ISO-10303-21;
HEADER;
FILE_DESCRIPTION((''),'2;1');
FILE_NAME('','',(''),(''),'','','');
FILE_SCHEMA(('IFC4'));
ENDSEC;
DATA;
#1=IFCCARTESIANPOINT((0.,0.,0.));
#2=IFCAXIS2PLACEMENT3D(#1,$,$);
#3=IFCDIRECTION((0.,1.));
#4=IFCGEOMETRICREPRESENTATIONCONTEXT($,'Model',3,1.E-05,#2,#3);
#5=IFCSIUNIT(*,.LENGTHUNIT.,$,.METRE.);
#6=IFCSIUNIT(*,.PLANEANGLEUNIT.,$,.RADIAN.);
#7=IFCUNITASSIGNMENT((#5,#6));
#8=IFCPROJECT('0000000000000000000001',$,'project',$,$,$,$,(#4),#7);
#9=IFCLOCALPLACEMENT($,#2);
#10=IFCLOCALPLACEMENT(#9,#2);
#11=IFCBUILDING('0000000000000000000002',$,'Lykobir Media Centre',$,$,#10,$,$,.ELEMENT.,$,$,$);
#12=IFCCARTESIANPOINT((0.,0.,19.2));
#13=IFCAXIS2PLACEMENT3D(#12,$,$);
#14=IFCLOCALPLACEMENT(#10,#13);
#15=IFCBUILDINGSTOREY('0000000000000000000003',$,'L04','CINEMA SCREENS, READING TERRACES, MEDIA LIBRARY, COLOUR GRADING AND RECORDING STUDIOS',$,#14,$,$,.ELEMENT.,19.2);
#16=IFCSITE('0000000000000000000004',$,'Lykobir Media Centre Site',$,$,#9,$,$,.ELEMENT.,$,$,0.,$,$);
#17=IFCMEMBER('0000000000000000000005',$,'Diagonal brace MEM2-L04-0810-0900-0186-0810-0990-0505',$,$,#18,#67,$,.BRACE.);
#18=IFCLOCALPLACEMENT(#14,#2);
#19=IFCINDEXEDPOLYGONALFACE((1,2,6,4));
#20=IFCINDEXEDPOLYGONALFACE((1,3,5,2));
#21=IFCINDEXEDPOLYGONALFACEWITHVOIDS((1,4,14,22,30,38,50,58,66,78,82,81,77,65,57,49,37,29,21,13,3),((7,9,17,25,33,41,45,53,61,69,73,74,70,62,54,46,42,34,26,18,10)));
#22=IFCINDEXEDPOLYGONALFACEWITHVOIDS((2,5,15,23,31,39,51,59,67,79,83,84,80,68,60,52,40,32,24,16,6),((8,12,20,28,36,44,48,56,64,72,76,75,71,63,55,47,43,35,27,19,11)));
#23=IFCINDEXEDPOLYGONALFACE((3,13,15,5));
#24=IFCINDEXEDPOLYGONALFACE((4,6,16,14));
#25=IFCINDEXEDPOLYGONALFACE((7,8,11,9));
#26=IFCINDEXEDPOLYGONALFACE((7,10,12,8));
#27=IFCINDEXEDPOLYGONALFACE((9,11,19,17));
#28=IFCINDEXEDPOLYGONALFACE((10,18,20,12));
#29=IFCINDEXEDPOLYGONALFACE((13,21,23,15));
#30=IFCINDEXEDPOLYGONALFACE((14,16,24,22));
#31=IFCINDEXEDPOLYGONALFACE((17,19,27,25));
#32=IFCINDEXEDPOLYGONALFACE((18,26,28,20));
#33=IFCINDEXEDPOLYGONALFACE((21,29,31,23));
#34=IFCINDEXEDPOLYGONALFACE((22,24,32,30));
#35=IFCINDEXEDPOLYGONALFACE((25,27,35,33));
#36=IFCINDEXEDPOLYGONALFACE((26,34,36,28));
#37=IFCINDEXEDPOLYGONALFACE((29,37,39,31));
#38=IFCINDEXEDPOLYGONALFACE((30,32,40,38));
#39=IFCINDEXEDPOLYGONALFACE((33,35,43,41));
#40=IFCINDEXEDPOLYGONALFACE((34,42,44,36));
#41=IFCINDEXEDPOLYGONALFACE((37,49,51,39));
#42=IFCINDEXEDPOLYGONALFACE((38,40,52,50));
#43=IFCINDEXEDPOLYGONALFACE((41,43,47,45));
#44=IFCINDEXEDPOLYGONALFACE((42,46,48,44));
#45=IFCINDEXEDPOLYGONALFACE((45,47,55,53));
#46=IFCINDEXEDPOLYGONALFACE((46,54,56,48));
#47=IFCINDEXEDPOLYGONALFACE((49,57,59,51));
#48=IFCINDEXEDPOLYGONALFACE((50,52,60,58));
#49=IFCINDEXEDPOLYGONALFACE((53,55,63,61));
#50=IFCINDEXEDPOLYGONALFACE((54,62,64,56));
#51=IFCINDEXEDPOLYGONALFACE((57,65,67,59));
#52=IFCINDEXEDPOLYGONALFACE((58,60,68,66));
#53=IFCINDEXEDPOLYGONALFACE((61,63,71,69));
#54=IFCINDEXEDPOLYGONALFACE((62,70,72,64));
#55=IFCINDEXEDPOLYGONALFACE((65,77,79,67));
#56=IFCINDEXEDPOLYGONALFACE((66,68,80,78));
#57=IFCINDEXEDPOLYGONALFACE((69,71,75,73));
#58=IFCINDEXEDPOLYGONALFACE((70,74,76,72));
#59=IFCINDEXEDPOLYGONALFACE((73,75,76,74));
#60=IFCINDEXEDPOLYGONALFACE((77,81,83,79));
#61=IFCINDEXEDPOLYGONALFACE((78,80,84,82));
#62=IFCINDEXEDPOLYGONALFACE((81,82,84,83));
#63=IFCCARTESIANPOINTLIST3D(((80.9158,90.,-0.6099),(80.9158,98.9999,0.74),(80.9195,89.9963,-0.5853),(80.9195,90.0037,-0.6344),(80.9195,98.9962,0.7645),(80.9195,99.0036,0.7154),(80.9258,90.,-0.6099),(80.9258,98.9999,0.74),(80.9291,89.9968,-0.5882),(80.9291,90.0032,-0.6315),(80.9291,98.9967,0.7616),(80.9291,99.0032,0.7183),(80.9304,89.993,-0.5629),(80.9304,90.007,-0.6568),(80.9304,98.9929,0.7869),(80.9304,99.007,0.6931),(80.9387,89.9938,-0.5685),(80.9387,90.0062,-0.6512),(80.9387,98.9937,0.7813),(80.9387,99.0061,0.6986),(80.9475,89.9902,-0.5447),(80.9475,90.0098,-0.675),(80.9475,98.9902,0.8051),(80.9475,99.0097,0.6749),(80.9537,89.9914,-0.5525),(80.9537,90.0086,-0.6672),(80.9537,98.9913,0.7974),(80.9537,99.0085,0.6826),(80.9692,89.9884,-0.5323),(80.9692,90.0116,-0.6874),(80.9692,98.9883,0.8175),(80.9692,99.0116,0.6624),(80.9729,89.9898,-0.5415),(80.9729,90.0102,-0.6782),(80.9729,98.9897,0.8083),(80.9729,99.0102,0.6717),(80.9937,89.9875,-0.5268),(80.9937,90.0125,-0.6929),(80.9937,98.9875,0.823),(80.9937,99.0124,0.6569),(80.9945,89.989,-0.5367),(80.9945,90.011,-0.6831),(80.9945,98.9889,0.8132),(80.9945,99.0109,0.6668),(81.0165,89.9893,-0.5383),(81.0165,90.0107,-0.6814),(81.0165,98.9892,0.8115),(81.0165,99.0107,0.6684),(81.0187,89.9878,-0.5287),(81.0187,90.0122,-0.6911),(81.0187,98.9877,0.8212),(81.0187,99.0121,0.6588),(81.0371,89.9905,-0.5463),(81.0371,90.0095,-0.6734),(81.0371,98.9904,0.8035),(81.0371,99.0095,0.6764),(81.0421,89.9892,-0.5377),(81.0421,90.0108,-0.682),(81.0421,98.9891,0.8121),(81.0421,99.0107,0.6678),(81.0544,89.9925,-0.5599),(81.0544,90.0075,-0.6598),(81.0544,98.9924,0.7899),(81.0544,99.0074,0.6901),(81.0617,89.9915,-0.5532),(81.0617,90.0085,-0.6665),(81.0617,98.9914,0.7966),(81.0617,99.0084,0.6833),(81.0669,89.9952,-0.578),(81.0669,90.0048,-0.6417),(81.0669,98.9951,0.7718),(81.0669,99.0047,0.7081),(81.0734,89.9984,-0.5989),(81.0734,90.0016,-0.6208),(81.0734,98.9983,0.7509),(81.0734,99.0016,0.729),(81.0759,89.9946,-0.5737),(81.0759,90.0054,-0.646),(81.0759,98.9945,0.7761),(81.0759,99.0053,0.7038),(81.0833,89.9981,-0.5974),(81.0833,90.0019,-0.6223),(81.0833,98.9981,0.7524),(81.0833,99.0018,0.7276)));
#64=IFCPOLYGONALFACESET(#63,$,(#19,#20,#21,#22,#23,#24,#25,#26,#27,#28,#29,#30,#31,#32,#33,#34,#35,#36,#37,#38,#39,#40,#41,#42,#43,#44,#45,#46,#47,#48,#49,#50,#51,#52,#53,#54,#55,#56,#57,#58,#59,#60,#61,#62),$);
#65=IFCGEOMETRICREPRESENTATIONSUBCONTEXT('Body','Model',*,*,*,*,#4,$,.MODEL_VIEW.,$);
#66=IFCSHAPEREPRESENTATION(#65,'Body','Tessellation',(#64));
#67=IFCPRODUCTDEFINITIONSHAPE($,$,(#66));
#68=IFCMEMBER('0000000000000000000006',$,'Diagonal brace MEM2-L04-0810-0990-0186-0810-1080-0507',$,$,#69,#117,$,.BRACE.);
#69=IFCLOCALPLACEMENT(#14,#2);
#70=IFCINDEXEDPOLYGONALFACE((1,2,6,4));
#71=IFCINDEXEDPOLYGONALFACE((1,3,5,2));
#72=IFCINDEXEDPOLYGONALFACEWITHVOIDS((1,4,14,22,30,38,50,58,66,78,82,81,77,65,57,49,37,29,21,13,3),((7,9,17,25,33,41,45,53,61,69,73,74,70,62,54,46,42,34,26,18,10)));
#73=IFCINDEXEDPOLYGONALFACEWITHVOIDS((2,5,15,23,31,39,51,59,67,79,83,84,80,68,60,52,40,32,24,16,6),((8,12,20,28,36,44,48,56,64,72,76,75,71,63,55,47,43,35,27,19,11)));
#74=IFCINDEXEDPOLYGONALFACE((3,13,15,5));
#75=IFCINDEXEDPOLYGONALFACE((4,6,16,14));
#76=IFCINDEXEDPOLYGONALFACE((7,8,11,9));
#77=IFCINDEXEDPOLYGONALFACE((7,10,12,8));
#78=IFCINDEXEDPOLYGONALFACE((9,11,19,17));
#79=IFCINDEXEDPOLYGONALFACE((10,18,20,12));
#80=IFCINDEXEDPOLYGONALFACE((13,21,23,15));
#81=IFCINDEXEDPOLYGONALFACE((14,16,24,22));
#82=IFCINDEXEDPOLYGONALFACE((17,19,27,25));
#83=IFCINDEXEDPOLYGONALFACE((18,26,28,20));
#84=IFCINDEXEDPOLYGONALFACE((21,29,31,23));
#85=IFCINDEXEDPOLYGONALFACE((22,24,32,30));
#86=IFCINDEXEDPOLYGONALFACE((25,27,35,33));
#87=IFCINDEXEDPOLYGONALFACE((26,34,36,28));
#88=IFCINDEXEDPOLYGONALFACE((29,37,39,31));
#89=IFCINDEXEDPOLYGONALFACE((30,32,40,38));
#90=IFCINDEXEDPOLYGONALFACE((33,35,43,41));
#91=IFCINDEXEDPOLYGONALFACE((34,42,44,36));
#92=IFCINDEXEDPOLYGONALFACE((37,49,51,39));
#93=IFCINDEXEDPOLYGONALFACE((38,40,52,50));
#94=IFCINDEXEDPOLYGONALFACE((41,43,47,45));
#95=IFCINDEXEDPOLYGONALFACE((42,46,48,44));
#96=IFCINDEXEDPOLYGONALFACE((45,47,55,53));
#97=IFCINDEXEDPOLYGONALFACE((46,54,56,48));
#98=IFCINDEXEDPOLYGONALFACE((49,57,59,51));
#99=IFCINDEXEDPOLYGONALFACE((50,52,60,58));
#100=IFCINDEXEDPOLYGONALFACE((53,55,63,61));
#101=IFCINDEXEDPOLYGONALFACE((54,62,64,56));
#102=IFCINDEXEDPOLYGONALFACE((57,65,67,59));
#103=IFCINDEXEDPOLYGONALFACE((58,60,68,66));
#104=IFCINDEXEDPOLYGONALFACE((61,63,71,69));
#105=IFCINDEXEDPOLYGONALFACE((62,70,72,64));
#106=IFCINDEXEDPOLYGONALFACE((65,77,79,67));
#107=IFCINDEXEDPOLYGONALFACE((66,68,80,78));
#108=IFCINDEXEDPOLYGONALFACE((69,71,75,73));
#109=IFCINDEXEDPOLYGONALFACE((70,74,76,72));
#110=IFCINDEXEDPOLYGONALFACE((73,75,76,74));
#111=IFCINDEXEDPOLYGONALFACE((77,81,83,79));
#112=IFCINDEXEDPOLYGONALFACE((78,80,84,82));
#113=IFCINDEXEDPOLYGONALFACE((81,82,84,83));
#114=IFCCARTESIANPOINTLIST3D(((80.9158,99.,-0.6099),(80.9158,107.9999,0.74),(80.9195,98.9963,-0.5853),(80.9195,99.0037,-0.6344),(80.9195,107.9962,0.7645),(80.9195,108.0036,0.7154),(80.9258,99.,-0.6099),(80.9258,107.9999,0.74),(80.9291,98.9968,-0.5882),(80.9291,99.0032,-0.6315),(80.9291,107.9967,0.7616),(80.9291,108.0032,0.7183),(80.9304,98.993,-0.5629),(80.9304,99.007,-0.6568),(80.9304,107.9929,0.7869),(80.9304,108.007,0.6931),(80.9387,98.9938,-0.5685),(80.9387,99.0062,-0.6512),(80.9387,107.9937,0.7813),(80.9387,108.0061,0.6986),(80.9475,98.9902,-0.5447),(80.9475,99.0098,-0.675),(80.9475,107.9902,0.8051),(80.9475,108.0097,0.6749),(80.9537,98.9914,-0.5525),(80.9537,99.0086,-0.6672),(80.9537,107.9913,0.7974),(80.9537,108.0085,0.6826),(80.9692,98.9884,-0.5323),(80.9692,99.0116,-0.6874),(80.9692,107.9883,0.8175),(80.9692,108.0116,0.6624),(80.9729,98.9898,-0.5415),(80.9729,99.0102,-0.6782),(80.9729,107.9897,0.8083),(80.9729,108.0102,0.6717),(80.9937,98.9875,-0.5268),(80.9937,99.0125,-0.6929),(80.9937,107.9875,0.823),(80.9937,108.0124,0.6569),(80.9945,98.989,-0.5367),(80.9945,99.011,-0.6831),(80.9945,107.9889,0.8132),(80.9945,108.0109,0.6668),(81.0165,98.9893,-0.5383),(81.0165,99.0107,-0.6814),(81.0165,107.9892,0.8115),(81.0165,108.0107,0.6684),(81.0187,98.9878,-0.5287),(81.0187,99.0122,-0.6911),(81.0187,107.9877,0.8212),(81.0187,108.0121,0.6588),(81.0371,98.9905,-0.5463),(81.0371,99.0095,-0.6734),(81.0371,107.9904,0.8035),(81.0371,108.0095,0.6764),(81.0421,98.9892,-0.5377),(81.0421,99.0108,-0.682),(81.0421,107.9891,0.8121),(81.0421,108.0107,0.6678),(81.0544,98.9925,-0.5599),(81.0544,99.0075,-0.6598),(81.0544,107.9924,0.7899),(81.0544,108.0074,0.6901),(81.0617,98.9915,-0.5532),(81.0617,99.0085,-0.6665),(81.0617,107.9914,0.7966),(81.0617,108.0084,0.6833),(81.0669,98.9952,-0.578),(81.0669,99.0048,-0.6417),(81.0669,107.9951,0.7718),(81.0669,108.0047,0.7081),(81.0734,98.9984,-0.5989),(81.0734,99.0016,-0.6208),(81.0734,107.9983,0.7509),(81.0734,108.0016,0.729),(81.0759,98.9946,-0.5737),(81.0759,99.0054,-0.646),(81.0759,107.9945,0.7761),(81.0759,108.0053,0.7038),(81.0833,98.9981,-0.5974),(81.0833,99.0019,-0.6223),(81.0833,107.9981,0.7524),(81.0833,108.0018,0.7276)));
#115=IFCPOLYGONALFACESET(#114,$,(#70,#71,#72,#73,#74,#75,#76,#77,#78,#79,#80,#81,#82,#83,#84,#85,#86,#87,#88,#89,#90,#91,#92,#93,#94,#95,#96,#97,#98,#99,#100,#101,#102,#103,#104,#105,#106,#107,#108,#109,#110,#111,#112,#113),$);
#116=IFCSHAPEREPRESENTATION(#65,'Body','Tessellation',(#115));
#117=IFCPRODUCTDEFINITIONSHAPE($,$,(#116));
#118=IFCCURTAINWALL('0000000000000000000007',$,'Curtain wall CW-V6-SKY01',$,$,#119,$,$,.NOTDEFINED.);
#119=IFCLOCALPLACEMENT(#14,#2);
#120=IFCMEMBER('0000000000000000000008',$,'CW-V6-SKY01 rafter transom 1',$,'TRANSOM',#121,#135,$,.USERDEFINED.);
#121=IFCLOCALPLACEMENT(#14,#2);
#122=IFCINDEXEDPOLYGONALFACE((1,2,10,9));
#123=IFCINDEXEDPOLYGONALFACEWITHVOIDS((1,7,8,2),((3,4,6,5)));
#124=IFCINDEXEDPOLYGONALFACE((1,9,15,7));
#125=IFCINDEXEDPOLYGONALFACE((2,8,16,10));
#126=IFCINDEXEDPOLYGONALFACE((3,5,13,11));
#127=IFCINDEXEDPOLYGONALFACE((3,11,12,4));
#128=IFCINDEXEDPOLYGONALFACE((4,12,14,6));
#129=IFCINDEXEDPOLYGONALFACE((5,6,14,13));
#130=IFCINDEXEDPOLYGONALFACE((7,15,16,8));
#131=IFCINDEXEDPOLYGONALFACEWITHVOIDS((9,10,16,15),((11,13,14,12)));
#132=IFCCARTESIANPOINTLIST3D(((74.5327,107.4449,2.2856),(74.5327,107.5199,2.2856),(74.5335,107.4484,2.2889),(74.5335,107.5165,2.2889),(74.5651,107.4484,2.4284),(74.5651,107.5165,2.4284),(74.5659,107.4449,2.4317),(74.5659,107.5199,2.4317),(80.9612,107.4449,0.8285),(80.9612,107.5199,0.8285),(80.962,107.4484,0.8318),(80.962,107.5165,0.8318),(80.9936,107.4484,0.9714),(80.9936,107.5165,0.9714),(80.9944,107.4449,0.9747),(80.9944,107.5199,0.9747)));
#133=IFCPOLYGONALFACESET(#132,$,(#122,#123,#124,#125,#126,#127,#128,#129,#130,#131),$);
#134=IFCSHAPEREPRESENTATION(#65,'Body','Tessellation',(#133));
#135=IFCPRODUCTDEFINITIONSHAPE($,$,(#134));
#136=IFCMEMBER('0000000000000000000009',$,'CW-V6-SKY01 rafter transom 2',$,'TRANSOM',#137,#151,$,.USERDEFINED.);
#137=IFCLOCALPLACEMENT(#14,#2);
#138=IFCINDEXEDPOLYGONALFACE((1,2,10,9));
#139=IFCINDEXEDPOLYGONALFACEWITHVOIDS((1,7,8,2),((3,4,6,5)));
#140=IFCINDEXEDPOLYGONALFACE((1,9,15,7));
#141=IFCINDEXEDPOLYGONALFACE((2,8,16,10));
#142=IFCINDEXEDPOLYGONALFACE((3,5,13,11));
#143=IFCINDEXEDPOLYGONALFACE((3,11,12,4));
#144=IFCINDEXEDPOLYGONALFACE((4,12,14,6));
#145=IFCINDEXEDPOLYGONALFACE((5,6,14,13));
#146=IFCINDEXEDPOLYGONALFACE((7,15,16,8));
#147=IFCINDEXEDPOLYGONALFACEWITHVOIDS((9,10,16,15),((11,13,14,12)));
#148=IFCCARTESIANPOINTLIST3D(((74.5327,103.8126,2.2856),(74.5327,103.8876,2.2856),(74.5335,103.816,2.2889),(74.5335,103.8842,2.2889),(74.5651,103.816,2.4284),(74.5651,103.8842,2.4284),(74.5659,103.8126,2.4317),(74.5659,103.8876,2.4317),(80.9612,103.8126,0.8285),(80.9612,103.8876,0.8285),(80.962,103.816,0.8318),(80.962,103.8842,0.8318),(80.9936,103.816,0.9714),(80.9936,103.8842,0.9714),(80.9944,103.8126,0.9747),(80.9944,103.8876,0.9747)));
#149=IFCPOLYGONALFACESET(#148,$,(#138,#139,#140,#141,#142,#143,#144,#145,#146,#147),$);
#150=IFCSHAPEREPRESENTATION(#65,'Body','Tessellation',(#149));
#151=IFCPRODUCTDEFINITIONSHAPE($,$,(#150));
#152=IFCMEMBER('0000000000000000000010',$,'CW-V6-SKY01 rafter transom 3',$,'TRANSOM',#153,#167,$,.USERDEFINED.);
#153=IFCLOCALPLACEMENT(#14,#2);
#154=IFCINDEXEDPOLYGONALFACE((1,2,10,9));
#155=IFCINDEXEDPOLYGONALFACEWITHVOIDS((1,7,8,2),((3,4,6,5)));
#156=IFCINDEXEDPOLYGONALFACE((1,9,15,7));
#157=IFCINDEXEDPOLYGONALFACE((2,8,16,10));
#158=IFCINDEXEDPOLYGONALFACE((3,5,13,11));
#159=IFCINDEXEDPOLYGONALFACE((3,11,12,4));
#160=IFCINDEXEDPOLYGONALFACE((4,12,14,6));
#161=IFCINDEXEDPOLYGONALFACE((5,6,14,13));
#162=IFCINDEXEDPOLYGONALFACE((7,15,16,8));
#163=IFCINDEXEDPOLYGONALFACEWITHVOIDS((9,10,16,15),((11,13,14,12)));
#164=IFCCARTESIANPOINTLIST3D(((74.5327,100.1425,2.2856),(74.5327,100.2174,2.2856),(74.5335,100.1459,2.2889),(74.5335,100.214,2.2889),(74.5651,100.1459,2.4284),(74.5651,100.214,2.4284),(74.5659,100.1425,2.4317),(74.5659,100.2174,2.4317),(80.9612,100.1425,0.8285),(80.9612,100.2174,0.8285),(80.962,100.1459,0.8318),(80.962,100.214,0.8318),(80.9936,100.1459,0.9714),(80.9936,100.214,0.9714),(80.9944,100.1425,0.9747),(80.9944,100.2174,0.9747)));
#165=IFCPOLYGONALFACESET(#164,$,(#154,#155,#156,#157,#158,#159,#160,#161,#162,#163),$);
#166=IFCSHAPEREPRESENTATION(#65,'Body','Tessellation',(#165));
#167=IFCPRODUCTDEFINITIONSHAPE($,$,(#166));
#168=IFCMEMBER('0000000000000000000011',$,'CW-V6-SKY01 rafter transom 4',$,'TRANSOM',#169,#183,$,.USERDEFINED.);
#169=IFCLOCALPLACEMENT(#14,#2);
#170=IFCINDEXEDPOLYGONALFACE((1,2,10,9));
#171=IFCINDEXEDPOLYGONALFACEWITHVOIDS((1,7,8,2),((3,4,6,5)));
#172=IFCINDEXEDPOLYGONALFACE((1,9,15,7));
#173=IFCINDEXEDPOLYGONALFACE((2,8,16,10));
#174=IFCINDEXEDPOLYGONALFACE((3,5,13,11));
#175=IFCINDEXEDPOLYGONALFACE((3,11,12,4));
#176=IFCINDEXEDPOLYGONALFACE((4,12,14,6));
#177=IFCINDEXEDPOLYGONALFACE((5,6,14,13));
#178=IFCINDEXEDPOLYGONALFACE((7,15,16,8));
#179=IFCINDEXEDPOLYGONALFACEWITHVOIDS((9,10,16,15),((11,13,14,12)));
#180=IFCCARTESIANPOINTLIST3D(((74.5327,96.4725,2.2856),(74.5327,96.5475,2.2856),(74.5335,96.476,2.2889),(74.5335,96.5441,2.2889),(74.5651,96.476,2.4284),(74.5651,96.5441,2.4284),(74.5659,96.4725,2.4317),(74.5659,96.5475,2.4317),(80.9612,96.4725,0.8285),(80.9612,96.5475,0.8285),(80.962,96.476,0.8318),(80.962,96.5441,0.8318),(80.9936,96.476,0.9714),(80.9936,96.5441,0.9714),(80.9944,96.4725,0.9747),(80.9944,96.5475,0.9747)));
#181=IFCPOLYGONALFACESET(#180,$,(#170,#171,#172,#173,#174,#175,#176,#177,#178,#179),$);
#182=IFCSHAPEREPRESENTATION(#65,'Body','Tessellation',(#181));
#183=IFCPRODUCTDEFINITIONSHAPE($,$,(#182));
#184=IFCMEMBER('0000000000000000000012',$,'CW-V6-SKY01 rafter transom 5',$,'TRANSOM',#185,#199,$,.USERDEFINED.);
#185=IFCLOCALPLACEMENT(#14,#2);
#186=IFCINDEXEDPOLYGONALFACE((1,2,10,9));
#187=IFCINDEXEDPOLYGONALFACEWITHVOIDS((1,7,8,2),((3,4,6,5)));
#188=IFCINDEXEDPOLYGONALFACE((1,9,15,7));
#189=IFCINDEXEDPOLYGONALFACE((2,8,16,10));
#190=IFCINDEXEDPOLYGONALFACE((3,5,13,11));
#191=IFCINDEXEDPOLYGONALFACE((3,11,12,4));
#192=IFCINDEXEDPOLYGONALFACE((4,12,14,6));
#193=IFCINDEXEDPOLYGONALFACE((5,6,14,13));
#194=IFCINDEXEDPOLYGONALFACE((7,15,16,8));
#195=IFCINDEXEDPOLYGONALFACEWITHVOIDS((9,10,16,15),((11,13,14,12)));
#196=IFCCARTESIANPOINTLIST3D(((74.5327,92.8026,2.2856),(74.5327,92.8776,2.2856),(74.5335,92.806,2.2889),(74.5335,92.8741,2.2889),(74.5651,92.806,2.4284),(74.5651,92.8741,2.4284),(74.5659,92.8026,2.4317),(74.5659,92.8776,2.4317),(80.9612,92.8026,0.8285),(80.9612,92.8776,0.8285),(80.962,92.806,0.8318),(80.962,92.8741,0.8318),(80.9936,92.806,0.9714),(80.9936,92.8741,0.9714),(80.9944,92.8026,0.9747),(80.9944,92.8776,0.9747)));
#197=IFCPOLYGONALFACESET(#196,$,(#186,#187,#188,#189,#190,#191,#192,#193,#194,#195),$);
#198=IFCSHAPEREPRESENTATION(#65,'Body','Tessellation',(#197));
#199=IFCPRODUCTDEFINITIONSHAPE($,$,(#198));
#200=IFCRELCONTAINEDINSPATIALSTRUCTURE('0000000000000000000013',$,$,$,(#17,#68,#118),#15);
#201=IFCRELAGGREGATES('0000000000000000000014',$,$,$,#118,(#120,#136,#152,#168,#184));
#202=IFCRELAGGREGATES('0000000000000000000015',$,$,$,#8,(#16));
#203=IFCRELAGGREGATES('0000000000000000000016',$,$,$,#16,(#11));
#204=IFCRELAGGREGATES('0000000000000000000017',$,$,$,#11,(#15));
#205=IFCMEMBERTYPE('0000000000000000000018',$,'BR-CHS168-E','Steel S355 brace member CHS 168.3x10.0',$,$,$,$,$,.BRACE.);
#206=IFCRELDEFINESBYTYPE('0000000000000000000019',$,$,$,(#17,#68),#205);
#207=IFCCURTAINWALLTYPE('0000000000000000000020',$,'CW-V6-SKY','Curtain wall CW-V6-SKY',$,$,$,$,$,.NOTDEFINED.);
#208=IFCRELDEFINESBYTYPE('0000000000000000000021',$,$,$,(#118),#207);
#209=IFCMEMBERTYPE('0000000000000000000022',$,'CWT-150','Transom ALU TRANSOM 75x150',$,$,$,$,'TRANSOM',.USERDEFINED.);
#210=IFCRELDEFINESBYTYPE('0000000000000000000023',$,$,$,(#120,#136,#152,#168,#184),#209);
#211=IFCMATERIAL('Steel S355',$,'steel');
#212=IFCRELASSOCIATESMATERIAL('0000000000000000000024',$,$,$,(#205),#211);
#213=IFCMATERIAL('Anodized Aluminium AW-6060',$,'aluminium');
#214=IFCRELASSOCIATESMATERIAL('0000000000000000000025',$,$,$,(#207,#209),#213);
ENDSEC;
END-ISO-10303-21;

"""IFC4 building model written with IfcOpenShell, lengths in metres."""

from ifc_helpers import new_model, si_unit, direction, frame, origin, origin_2d, place, context, subcontext, project, spatial, hollow_rectangle, hollow_circle, extrude, material, material_profile, profile_set, type_object, element, aggregate, save


model = new_model("IFC4")

# Units and contexts
model_context = context("Model", 3, precision=1e-05, world=origin(), true_north=direction((0.0, 1.0)))
body_context = subcontext(model_context, "Body", "Model", "MODEL_VIEW")
ifc_project = project(units=[si_unit("LENGTHUNIT", "METRE"), si_unit("PLANEANGLEUNIT", "RADIAN")], contexts=[model_context])

# Site, building, storey
site_placement = place(None, origin())
site = spatial("IfcSite", under=ifc_project, at=site_placement, Name="Lykobir Media Centre Site", CompositionType="ELEMENT", RefElevation=0.0)
building_placement = place(site_placement, origin())
building = spatial("IfcBuilding", under=site, at=building_placement, Name="Lykobir Media Centre", CompositionType="ELEMENT")
storey_placement = place(building_placement, frame((0.0, 0.0, 19.2)))
storey = spatial("IfcBuildingStorey", under=building, at=storey_placement, Name="L04", Description="CINEMA SCREENS, READING TERRACES, MEDIA LIBRARY, COLOUR GRADING AND RECORDING STUDIOS", CompositionType="ELEMENT", Elevation=19.2)

# Members
ifc_material_1 = material(Name="Steel S355", Category="steel")
ifc_material_profile_1 = material_profile(ifc_material_1, hollow_circle(Radius=0.0842, WallThickness=0.01, at=origin_2d()), Name="CHS 168.3x10.0")
ifc_profile_set_1 = profile_set([ifc_material_profile_1], Name="Steel S355")
member_type_1 = type_object("IfcMemberType", Name="BR-CHS168-E", Description="Steel S355 brace member CHS 168.3x10.0", PredefinedType="BRACE", material=ifc_profile_set_1)
for number, where, z_axis, x_axis, name in (
    (1, (81.0, 90.0, -0.6099), (0.0, 0.988939, 0.148325), (-1.0, 0.0, 0.0), "Diagonal brace MEM2-L04-0810-0900-0186-0810-0990-0505"),
    (2, (81.0, 99.0, -0.6099), (0.0, 0.988939, 0.148325), (-1.0, 0.0, 0.0), "Diagonal brace MEM2-L04-0810-0990-0186-0810-1080-0507"),
):
    element("IfcMember", number, at=place(storey_placement, frame(where, z_axis=z_axis, x_axis=x_axis)), inside=storey, type_object=member_type_1, Name=name, PredefinedType="BRACE", context=body_context, shape_type="SweptSolid", body=[
        extrude(hollow_circle(Radius=0.0842, WallThickness=0.01, at=origin_2d()), origin(), (0.0, 0.0, 1.0), 9.1006),
    ])

# Curtain wall, members
ifc_material_2 = material(Name="Anodized Aluminium AW-6060", Category="aluminium")
curtain_wall_type = type_object("IfcCurtainWallType", Name="CW-V6-SKY", Description="Curtain wall CW-V6-SKY", PredefinedType="NOTDEFINED", material=ifc_material_2)
curtain_wall_placement = place(storey_placement, origin())
curtain_wall = element("IfcCurtainWall", 3, at=curtain_wall_placement, inside=storey, type_object=curtain_wall_type, Name="Curtain wall CW-V6-SKY01", PredefinedType="NOTDEFINED")
ifc_material_profile_2 = material_profile(ifc_material_2, hollow_rectangle(XDim=0.075, YDim=0.1499, WallThickness=0.0034, at=origin_2d()), Name="ALU TRANSOM 75x150")
ifc_profile_set_2 = profile_set([ifc_material_profile_2], Name="Anodized Aluminium AW-6060")
member_type_2 = type_object("IfcMemberType", Name="CWT-150", Description="Transom ALU TRANSOM 75x150", ElementType="TRANSOM", PredefinedType="USERDEFINED", material=ifc_profile_set_2)
member_1_placement = place(storey_placement, frame((80.9778, 107.4824, 0.9016), z_axis=(-0.975263, 0.0, 0.221046), x_axis=(0.0, -1.0, 0.0)))
member_1 = element("IfcMember", 4, at=member_1_placement, type_object=member_type_2, Name="CW-V6-SKY01 rafter transom 1", ObjectType="TRANSOM", PredefinedType="USERDEFINED", context=body_context, shape_type="SweptSolid", body=[
    extrude(hollow_rectangle(XDim=0.075, YDim=0.1499, WallThickness=0.0034, at=origin_2d()), origin(), (0.0, 0.0, 1.0), 6.5916),
])
member_2_placement = place(storey_placement, frame((80.9778, 103.8501, 0.9016), z_axis=(-0.975263, 0.0, 0.221046), x_axis=(0.0, -1.0, 0.0)))
member_2 = element("IfcMember", 5, at=member_2_placement, type_object=member_type_2, Name="CW-V6-SKY01 rafter transom 2", ObjectType="TRANSOM", PredefinedType="USERDEFINED", context=body_context, shape_type="SweptSolid", body=[
    extrude(hollow_rectangle(XDim=0.075, YDim=0.1499, WallThickness=0.0034, at=origin_2d()), origin(), (0.0, 0.0, 1.0), 6.5916),
])
member_3_placement = place(storey_placement, frame((80.9778, 100.1799, 0.9016), z_axis=(-0.975263, 0.0, 0.221046), x_axis=(0.0, -1.0, 0.0)))
member_3 = element("IfcMember", 6, at=member_3_placement, type_object=member_type_2, Name="CW-V6-SKY01 rafter transom 3", ObjectType="TRANSOM", PredefinedType="USERDEFINED", context=body_context, shape_type="SweptSolid", body=[
    extrude(hollow_rectangle(XDim=0.075, YDim=0.1499, WallThickness=0.0034, at=origin_2d()), origin(), (0.0, 0.0, 1.0), 6.5916),
])
member_4_placement = place(storey_placement, frame((80.9778, 96.51, 0.9016), z_axis=(-0.975263, 0.0, 0.221046), x_axis=(0.0, -1.0, 0.0)))
member_4 = element("IfcMember", 7, at=member_4_placement, type_object=member_type_2, Name="CW-V6-SKY01 rafter transom 4", ObjectType="TRANSOM", PredefinedType="USERDEFINED", context=body_context, shape_type="SweptSolid", body=[
    extrude(hollow_rectangle(XDim=0.075, YDim=0.1499, WallThickness=0.0034, at=origin_2d()), origin(), (0.0, 0.0, 1.0), 6.5916),
])
member_5_placement = place(storey_placement, frame((80.9778, 92.8401, 0.9016), z_axis=(-0.975263, 0.0, 0.221046), x_axis=(0.0, -1.0, 0.0)))
member_5 = element("IfcMember", 8, at=member_5_placement, type_object=member_type_2, Name="CW-V6-SKY01 rafter transom 5", ObjectType="TRANSOM", PredefinedType="USERDEFINED", context=body_context, shape_type="SweptSolid", body=[
    extrude(hollow_rectangle(XDim=0.075, YDim=0.1499, WallThickness=0.0034, at=origin_2d()), origin(), (0.0, 0.0, 1.0), 6.5916),
])

aggregate(curtain_wall, [member_1, member_2, member_3, member_4, member_5])

save(model, "model.ifc")
